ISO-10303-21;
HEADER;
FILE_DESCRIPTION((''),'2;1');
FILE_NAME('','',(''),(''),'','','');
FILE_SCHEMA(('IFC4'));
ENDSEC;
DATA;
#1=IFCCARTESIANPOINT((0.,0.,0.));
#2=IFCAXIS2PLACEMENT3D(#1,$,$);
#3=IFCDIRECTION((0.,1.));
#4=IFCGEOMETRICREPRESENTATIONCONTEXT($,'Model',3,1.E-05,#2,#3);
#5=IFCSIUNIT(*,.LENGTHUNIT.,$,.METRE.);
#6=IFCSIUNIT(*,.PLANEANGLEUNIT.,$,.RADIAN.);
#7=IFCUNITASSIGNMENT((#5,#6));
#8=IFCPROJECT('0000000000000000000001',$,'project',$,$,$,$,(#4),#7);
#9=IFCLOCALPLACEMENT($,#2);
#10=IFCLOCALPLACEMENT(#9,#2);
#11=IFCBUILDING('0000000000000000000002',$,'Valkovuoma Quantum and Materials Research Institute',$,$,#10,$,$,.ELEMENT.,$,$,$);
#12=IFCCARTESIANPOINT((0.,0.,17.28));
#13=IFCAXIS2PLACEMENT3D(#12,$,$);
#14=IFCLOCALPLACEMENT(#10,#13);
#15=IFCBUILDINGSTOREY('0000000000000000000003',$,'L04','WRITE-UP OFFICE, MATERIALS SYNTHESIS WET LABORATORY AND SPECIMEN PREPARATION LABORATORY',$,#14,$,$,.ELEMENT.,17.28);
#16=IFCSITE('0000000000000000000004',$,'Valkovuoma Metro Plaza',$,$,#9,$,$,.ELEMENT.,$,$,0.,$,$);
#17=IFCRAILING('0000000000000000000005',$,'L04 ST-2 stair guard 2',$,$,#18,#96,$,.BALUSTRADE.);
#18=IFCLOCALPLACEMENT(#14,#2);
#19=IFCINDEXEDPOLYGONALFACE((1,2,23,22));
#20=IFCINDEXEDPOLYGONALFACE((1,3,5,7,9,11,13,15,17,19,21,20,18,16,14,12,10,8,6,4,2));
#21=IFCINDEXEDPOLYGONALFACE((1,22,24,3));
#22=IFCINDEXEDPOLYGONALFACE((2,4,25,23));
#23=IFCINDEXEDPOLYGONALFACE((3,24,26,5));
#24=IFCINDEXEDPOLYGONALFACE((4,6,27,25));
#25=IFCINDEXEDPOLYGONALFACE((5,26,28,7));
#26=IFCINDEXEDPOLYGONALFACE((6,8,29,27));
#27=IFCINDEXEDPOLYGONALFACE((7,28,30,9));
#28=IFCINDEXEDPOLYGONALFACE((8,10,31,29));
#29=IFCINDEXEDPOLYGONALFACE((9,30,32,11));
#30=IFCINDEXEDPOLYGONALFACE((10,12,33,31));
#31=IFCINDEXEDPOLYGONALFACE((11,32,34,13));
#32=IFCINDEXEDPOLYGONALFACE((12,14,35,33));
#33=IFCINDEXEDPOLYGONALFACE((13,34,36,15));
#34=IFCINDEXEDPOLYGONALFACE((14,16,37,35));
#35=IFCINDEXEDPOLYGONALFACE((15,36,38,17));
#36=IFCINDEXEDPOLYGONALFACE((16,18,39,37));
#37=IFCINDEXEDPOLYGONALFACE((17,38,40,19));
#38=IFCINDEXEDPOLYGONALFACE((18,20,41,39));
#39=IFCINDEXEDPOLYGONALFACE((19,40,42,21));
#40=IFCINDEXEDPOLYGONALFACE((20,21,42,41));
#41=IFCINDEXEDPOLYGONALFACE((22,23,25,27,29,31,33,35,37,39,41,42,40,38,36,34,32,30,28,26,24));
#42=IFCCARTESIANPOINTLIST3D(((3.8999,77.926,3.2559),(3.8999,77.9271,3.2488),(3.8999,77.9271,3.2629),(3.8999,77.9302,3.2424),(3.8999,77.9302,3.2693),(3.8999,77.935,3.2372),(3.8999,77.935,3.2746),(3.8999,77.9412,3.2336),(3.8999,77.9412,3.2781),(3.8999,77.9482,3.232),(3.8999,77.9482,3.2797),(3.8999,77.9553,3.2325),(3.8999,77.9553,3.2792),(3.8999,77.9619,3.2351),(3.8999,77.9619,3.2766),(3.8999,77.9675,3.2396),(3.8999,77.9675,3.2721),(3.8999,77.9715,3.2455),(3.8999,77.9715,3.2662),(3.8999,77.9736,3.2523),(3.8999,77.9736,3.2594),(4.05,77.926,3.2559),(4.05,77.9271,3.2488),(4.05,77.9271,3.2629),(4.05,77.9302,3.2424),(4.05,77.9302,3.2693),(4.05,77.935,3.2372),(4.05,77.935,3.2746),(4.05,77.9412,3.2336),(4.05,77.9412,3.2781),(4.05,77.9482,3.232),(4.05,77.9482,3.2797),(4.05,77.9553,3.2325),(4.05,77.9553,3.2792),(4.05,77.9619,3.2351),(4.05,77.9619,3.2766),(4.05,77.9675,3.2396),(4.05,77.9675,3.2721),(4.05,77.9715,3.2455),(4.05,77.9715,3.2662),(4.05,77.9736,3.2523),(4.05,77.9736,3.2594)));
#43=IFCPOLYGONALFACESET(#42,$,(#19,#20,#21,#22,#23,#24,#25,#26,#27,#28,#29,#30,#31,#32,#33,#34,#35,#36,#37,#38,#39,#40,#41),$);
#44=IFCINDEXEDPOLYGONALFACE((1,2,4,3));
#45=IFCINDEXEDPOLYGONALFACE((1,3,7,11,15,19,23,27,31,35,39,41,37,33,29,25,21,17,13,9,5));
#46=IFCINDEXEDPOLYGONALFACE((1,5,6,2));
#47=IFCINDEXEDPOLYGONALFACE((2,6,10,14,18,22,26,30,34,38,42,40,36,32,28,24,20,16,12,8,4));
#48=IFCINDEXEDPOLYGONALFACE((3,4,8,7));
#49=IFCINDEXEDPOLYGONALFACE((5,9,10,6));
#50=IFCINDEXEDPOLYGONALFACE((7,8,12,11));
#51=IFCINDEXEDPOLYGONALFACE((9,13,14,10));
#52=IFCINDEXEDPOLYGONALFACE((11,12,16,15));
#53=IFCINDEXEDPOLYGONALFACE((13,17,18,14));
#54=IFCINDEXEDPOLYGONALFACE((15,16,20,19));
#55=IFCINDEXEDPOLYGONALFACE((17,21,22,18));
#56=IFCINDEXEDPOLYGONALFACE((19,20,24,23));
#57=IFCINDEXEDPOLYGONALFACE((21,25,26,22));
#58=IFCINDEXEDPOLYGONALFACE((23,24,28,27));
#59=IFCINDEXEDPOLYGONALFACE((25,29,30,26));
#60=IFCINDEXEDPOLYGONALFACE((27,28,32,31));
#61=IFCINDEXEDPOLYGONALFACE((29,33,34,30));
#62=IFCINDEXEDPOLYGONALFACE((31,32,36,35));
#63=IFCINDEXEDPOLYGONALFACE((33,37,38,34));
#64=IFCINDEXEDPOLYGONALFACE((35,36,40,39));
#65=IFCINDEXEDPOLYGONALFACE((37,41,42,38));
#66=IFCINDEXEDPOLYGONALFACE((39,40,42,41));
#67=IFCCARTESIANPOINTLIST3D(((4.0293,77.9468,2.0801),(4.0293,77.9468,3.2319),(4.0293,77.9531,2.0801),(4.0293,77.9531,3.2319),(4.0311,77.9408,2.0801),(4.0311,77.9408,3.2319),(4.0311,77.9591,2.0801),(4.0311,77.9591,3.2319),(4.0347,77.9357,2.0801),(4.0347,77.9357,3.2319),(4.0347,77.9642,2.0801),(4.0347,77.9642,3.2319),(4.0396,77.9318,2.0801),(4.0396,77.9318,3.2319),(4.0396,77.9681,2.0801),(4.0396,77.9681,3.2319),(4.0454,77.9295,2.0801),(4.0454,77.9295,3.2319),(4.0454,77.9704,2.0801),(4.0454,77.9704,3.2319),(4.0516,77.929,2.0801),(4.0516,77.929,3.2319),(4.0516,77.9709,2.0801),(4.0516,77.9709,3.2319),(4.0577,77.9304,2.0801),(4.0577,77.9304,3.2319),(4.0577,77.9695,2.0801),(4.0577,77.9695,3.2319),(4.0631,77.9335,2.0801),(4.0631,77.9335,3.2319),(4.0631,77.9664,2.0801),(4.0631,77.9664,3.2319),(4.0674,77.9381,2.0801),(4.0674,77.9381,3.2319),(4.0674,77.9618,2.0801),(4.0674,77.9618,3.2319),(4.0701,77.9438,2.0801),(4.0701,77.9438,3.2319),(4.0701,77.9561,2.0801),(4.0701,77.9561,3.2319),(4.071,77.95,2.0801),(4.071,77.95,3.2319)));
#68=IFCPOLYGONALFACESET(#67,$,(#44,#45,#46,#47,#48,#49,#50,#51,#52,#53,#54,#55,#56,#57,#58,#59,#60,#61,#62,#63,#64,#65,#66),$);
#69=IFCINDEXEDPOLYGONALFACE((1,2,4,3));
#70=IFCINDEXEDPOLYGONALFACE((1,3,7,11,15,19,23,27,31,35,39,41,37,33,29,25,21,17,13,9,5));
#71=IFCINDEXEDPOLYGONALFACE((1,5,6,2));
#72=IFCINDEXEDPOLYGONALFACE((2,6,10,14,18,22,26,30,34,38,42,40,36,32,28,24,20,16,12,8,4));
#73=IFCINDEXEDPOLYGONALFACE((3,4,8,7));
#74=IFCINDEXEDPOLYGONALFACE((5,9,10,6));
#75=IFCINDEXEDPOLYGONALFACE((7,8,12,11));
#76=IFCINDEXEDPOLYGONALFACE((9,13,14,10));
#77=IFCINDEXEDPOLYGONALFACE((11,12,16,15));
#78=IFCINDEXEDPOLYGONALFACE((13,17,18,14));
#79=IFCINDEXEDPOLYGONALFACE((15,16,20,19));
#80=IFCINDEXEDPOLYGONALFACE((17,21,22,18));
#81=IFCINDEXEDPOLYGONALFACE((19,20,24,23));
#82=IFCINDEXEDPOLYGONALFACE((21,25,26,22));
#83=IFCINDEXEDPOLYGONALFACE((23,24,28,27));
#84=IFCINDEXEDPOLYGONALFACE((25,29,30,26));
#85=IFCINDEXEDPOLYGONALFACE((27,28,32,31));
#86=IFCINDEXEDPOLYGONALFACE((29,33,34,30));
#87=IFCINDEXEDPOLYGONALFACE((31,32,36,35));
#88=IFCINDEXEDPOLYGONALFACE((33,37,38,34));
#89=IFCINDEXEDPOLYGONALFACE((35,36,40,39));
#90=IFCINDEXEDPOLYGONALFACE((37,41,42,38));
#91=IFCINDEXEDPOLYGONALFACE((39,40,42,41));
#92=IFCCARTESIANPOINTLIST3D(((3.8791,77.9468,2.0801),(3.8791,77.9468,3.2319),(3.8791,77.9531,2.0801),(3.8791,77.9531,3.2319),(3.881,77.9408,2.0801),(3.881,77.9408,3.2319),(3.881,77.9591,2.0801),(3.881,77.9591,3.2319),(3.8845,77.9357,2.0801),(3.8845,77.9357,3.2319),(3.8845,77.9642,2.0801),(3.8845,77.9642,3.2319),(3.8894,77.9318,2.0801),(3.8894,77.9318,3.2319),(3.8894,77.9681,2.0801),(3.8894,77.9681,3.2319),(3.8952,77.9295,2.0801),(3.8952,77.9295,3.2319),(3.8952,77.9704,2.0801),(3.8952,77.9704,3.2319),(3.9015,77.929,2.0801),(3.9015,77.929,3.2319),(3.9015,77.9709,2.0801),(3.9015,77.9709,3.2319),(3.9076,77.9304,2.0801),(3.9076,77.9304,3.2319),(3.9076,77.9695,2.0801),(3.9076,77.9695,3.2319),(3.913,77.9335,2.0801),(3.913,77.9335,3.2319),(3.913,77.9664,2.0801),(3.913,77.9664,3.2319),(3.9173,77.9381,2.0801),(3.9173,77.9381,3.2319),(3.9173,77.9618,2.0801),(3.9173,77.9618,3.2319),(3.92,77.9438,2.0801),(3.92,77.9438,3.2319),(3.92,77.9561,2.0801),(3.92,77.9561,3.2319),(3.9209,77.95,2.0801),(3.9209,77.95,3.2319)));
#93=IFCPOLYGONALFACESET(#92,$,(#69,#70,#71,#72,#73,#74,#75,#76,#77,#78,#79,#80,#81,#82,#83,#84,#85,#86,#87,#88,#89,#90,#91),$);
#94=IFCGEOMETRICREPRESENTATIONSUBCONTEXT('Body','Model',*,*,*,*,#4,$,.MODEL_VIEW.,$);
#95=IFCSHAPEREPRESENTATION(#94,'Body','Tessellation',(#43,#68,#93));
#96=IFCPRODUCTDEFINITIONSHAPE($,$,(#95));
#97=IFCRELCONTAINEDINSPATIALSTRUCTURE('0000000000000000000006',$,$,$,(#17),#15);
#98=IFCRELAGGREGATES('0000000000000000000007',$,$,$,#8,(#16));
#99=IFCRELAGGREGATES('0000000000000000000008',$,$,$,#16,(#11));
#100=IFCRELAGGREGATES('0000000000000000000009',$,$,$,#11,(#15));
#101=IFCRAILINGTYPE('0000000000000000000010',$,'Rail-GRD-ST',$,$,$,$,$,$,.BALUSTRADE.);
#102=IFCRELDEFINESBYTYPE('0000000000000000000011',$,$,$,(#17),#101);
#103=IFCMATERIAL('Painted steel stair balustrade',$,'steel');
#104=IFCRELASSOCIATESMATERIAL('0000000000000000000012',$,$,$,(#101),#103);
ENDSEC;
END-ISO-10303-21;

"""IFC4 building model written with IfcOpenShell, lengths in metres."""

from ifc_helpers import new_model, si_unit, direction, frame, origin, origin_2d, place, context, subcontext, project, spatial, circle, extrude, material, type_object, element, save


model = new_model("IFC4")

# Units and contexts
model_context = context("Model", 3, precision=1e-05, world=origin(), true_north=direction((0.0, 1.0)))
body_context = subcontext(model_context, "Body", "Model", "MODEL_VIEW")
ifc_project = project(units=[si_unit("LENGTHUNIT", "METRE"), si_unit("PLANEANGLEUNIT", "RADIAN")], contexts=[model_context])

# Site, building, storey
site_placement = place(None, origin())
site = spatial("IfcSite", under=ifc_project, at=site_placement, Name="Valkovuoma Metro Plaza", CompositionType="ELEMENT", RefElevation=0.0)
building_placement = place(site_placement, origin())
building = spatial("IfcBuilding", under=site, at=building_placement, Name="Valkovuoma Quantum and Materials Research Institute", CompositionType="ELEMENT")
storey_placement = place(building_placement, frame((0.0, 0.0, 17.28)))
storey = spatial("IfcBuildingStorey", under=building, at=storey_placement, Name="L04", Description="WRITE-UP OFFICE, MATERIALS SYNTHESIS WET LABORATORY AND SPECIMEN PREPARATION LABORATORY", CompositionType="ELEMENT", Elevation=17.28)

# Railing
ifc_material_1 = material(Name="Painted steel stair balustrade", Category="steel")
railing_type_1 = type_object("IfcRailingType", Name="Rail-GRD-ST", PredefinedType="BALUSTRADE", material=ifc_material_1)
railing_1_placement = place(storey_placement, frame((4.05, 77.95, 2.0801)))
element("IfcRailing", 1, at=railing_1_placement, inside=storey, type_object=railing_type_1, Name="L04 ST-2 stair guard 2", PredefinedType="BALUSTRADE", context=body_context, shape_type="SweptSolid", body=[
    extrude(circle(Radius=0.0239, at=origin_2d()), frame((0.0, 0.0, 1.1758), z_axis=(-1.0, 0.0, 0.0), x_axis=(0.0, -1.0, 0.0)), (0.0, 0.0, 1.0), 0.1501),
    extrude(circle(Radius=0.021, at=origin_2d()), origin(), (0.0, 0.0, 1.0), 1.1519),
    extrude(circle(Radius=0.021, at=origin_2d()), frame((-0.1501, 0.0, 0.0)), (0.0, 0.0, 1.0), 1.1519),
])

save(model, "model.ifc")
